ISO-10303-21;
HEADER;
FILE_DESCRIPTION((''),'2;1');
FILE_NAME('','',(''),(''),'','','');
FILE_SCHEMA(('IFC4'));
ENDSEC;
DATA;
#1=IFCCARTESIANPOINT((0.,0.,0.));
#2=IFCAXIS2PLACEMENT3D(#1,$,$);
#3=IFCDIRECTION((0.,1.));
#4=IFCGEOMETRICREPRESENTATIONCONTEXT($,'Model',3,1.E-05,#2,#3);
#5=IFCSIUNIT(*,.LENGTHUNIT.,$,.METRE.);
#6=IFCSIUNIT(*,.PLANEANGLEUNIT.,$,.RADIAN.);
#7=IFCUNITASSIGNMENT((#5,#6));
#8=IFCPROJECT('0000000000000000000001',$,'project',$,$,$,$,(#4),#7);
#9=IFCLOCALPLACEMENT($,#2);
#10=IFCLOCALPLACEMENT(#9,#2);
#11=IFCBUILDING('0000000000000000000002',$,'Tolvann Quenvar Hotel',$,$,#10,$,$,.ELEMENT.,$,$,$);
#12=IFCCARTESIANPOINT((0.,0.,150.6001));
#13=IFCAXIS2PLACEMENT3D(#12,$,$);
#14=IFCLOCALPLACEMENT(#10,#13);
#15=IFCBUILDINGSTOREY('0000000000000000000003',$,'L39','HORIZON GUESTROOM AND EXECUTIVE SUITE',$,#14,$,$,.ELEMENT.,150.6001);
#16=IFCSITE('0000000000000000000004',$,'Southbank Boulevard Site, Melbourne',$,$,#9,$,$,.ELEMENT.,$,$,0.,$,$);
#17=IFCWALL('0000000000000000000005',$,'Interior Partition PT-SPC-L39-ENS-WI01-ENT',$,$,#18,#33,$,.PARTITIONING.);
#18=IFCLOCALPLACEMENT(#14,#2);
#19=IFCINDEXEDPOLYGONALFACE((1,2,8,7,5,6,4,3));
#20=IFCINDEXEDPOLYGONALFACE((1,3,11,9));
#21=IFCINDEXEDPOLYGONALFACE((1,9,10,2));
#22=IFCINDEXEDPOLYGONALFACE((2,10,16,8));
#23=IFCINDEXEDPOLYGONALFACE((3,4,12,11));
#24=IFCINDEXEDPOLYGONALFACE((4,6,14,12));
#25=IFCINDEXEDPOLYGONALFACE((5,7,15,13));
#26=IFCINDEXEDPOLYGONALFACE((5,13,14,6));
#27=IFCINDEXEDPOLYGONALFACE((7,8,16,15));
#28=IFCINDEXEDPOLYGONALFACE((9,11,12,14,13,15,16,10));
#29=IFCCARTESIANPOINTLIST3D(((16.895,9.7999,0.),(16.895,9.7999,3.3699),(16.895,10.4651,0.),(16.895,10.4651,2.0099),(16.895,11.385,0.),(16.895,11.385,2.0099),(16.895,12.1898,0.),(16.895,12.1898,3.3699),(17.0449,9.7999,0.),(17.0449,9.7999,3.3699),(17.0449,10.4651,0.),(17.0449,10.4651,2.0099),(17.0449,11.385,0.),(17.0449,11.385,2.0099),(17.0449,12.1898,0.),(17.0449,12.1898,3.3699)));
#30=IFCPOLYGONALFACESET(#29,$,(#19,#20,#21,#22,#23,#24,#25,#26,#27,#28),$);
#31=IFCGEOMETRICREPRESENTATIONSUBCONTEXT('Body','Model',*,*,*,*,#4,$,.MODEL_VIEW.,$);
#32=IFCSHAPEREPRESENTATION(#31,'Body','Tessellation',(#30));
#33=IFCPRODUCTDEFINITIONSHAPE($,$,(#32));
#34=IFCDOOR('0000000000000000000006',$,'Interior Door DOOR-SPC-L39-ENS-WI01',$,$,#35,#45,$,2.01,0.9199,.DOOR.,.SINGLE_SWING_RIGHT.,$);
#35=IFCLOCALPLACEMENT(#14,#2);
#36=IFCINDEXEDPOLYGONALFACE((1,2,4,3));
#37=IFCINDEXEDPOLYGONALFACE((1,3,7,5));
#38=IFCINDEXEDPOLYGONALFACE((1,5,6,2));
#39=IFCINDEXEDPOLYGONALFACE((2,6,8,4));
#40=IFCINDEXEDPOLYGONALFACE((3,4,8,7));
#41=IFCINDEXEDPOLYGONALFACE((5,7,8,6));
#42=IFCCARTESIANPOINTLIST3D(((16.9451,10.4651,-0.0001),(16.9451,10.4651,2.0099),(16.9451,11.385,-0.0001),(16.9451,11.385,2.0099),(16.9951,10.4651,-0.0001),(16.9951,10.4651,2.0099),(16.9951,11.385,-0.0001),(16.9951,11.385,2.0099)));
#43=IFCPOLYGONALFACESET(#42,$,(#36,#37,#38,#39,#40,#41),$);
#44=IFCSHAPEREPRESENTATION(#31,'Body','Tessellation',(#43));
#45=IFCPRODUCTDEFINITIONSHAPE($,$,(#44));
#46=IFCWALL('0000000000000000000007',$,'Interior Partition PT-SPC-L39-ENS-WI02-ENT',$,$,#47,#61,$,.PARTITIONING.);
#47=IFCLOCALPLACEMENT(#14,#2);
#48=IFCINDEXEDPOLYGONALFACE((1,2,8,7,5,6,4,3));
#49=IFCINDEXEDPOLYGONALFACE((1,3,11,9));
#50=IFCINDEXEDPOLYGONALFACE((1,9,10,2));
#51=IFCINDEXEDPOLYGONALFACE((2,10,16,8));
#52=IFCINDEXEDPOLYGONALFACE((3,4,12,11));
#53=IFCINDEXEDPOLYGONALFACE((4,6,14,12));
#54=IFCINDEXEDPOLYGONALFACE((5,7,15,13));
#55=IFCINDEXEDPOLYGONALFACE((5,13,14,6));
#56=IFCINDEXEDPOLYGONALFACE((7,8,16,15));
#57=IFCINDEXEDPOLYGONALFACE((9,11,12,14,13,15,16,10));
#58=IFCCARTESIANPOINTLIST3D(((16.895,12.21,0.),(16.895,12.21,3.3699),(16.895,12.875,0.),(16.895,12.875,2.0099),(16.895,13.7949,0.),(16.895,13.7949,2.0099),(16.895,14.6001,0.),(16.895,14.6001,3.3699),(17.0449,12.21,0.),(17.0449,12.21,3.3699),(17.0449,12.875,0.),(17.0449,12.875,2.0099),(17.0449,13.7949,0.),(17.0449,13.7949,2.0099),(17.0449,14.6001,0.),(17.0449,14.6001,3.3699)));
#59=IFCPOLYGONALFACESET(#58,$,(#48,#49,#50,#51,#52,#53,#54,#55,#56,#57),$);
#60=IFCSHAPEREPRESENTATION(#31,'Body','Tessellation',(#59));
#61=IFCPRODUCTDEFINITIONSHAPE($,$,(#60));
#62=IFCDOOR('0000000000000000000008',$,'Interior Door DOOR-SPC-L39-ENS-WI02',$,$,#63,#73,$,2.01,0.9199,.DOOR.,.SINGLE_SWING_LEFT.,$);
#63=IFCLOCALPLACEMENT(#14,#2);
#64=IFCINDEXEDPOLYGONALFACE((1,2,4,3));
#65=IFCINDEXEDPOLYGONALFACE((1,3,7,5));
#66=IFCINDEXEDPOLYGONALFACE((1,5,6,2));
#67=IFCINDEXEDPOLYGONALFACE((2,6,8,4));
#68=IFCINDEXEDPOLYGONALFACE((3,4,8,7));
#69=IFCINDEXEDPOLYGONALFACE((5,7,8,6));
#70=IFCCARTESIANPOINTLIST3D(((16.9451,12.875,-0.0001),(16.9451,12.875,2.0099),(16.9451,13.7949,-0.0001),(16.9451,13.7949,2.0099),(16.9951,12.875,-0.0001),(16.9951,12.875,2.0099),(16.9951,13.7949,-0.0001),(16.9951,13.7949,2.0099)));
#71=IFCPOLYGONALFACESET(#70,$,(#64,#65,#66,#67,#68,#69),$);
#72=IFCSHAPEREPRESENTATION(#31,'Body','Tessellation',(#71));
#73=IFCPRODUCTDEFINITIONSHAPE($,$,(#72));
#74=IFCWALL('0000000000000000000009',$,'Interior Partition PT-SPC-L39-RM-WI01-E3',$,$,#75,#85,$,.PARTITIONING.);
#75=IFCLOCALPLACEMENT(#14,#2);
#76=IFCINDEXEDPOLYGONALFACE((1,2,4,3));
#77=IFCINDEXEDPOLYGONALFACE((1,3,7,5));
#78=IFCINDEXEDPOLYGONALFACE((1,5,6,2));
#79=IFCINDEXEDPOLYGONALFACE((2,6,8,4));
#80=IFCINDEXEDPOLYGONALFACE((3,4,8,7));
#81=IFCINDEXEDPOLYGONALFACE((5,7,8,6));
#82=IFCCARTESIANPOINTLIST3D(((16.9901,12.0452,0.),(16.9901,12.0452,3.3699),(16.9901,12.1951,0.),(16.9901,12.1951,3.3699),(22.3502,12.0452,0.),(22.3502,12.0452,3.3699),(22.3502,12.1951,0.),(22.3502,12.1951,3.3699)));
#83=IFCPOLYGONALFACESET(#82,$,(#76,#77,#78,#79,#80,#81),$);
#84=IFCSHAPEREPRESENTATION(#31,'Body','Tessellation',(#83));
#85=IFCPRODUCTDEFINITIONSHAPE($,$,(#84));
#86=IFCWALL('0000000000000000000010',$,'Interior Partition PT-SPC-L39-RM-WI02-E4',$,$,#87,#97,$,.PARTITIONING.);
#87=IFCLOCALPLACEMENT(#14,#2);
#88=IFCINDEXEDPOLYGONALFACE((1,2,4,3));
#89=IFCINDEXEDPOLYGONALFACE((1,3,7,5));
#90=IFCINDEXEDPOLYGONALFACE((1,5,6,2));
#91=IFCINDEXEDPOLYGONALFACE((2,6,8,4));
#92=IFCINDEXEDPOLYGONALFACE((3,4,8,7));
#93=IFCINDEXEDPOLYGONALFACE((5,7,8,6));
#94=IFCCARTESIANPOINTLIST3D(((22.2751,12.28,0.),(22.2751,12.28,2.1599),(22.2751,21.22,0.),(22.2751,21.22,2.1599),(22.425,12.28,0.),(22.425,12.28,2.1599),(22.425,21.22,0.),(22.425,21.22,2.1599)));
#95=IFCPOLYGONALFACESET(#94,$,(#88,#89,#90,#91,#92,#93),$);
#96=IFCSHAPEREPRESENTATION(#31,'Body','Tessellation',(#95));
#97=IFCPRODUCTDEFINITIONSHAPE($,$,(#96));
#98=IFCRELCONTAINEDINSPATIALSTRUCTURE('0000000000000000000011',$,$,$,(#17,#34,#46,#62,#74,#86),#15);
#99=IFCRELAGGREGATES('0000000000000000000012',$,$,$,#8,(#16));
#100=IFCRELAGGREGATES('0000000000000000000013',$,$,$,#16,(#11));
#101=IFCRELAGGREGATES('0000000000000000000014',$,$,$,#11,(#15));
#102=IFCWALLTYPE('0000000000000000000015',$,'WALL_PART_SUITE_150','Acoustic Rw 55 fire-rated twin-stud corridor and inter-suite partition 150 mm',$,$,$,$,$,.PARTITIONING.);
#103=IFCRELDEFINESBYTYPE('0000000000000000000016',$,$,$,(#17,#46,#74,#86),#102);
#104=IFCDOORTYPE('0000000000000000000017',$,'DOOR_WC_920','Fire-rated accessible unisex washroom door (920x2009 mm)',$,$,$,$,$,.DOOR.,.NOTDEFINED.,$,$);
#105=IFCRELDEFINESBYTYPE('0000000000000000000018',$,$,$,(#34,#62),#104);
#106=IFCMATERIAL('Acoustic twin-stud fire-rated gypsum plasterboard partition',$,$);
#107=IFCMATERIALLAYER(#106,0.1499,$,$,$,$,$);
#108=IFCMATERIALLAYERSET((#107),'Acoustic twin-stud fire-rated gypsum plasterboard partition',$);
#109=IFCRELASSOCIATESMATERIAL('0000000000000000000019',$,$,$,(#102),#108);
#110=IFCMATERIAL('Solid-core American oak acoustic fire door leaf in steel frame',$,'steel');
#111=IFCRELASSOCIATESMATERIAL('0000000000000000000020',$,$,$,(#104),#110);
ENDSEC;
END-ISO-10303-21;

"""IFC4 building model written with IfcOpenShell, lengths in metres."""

from ifc_helpers import new_model, si_unit, direction, frame, frame_2d, origin, place, context, subcontext, project, spatial, rectangle, extrude, source, transform, mapped, material, layer, layer_set, type_object, type_shapes, element, fill, save


model = new_model("IFC4")

# Units and contexts
model_context = context("Model", 3, precision=1e-05, world=origin(), true_north=direction((0.0, 1.0)))
body_context = subcontext(model_context, "Body", "Model", "MODEL_VIEW")
ifc_project = project(units=[si_unit("LENGTHUNIT", "METRE"), si_unit("PLANEANGLEUNIT", "RADIAN")], contexts=[model_context])

# Site, building, storey
site_placement = place(None, origin())
site = spatial("IfcSite", under=ifc_project, at=site_placement, Name="Southbank Boulevard Site, Melbourne", CompositionType="ELEMENT", RefElevation=0.0)
building_placement = place(site_placement, origin())
building = spatial("IfcBuilding", under=site, at=building_placement, Name="Tolvann Quenvar Hotel", CompositionType="ELEMENT")
storey_placement = place(building_placement, frame((0.0, 0.0, 150.6001)))
storey = spatial("IfcBuildingStorey", under=building, at=storey_placement, Name="L39", Description="HORIZON GUESTROOM AND EXECUTIVE SUITE", CompositionType="ELEMENT", Elevation=150.6001)

# Walls, openings, doors
ifc_material_1 = material(Name="Acoustic twin-stud fire-rated gypsum plasterboard partition")
ifc_layer_1 = layer(ifc_material_1, 0.1499)
ifc_layer_set_1 = layer_set([ifc_layer_1], Name="Acoustic twin-stud fire-rated gypsum plasterboard partition")
wall_type = type_object("IfcWallType", Name="WALL_PART_SUITE_150", Description="Acoustic Rw 55 fire-rated twin-stud corridor and inter-suite partition 150 mm", PredefinedType="PARTITIONING", material=ifc_layer_set_1)
wall_1_placement = place(storey_placement, frame((16.97, 9.8, 0.0), z_axis=(0.0, 0.0, 1.0), x_axis=(0.0, 1.0, 0.0)))
wall_1 = element("IfcWall", 1, at=wall_1_placement, inside=storey, type_object=wall_type, Name="Interior Partition PT-SPC-L39-ENS-WI01-ENT", PredefinedType="PARTITIONING", context=body_context, shape_type="SweptSolid", body=[
    extrude(rectangle(XDim=2.3899, YDim=0.1499, at=frame_2d((1.1948, 0.0))), origin(), (0.0, 0.0, 1.0), 3.3699),
])
opening_1_placement = place(wall_1_placement, frame((0.665, 0.0, 0.0)))
opening_1 = element("IfcOpeningElement", 2, at=opening_1_placement, cuts=wall_1, PredefinedType="OPENING", context=body_context, shape_type="SweptSolid", body=[
    extrude(rectangle(XDim=0.9199, YDim=2.01, at=frame_2d((0.46, 1.0049))), frame((0.0, 0.085, 0.0), z_axis=(0.0, -1.0, 0.0), x_axis=(1.0, 0.0, 0.0)), (0.0, 0.0, 1.0), 0.1699),
])
ifc_material_2 = material(Name="Solid-core American oak acoustic fire door leaf in steel frame", Category="steel")
door_type = type_object("IfcDoorType", Name="DOOR_WC_920", Description="Fire-rated accessible unisex washroom door (920x2009 mm)", OperationType="NOTDEFINED", PredefinedType="DOOR", material=ifc_material_2)
shared_shape_1 = source(origin(), body_context, "Body", "SweptSolid", [
    extrude(rectangle(XDim=0.9199, YDim=2.01, at=frame_2d((0.46, 1.0049))), frame((0.0, 0.0249, 0.0), z_axis=(0.0, -1.0, 0.0), x_axis=(1.0, 0.0, 0.0)), (0.0, 0.0, 1.0), 0.05),
])
type_shapes(door_type, [shared_shape_1])
door_1_placement = place(opening_1_placement, origin())
door_1 = element("IfcDoor", 3, at=door_1_placement, inside=storey, type_object=door_type, Name="Interior Door DOOR-SPC-L39-ENS-WI01", OperationType="SINGLE_SWING_RIGHT", OverallHeight=2.01, OverallWidth=0.9199, PredefinedType="DOOR", context=body_context, shape_type="MappedRepresentation", body=[
    mapped(shared_shape_1, transform((0.0, 0.0, 0.0), x_axis=(1.0, 0.0, 0.0), y_axis=(0.0, 1.0, 0.0), z_axis=(0.0, 0.0, 1.0), scale=1.0)),
])
fill(opening_1, door_1)
wall_2_placement = place(storey_placement, frame((16.97, 12.21, 0.0), z_axis=(0.0, 0.0, 1.0), x_axis=(0.0, 1.0, 0.0)))
wall_2 = element("IfcWall", 4, at=wall_2_placement, inside=storey, type_object=wall_type, Name="Interior Partition PT-SPC-L39-ENS-WI02-ENT", PredefinedType="PARTITIONING", context=body_context, shape_type="SweptSolid", body=[
    extrude(rectangle(XDim=2.3901, YDim=0.1499, at=frame_2d((1.1951, 0.0))), origin(), (0.0, 0.0, 1.0), 3.3699),
])
opening_2_placement = place(wall_2_placement, frame((0.665, 0.0, 0.0)))
opening_2 = element("IfcOpeningElement", 5, at=opening_2_placement, cuts=wall_2, PredefinedType="OPENING", context=body_context, shape_type="SweptSolid", body=[
    extrude(rectangle(XDim=0.9199, YDim=2.01, at=frame_2d((0.46, 1.0049))), frame((0.0, 0.085, 0.0), z_axis=(0.0, -1.0, 0.0), x_axis=(1.0, 0.0, 0.0)), (0.0, 0.0, 1.0), 0.1699),
])
door_2_placement = place(opening_2_placement, origin())
door_2 = element("IfcDoor", 6, at=door_2_placement, inside=storey, type_object=door_type, Name="Interior Door DOOR-SPC-L39-ENS-WI02", OperationType="SINGLE_SWING_LEFT", OverallHeight=2.01, OverallWidth=0.9199, PredefinedType="DOOR", context=body_context, shape_type="MappedRepresentation", body=[
    mapped(shared_shape_1, transform((0.0, 0.0, 0.0), x_axis=(1.0, 0.0, 0.0), y_axis=(0.0, 1.0, 0.0), z_axis=(0.0, 0.0, 1.0), scale=1.0)),
])
fill(opening_2, door_2)

# Walls
wall_3_placement = place(storey_placement, frame((16.99, 12.1201, 0.0), z_axis=(0.0, 0.0, 1.0), x_axis=(1.0, 0.0, 0.0)))
element("IfcWall", 7, at=wall_3_placement, inside=storey, type_object=wall_type, Name="Interior Partition PT-SPC-L39-RM-WI01-E3", PredefinedType="PARTITIONING", context=body_context, shape_type="SweptSolid", body=[
    extrude(rectangle(XDim=5.3601, YDim=0.1499, at=frame_2d((2.6802, 0.0))), origin(), (0.0, 0.0, 1.0), 3.3699),
])
wall_4_placement = place(storey_placement, frame((22.3501, 12.28, 0.0), z_axis=(0.0, 0.0, 1.0), x_axis=(0.0, 1.0, 0.0)))
element("IfcWall", 8, at=wall_4_placement, inside=storey, type_object=wall_type, Name="Interior Partition PT-SPC-L39-RM-WI02-E4", PredefinedType="PARTITIONING", context=body_context, shape_type="SweptSolid", body=[
    extrude(rectangle(XDim=8.9399, YDim=0.1499, at=frame_2d((4.47, 0.0))), origin(), (0.0, 0.0, 1.0), 2.1599),
])

save(model, "model.ifc")
